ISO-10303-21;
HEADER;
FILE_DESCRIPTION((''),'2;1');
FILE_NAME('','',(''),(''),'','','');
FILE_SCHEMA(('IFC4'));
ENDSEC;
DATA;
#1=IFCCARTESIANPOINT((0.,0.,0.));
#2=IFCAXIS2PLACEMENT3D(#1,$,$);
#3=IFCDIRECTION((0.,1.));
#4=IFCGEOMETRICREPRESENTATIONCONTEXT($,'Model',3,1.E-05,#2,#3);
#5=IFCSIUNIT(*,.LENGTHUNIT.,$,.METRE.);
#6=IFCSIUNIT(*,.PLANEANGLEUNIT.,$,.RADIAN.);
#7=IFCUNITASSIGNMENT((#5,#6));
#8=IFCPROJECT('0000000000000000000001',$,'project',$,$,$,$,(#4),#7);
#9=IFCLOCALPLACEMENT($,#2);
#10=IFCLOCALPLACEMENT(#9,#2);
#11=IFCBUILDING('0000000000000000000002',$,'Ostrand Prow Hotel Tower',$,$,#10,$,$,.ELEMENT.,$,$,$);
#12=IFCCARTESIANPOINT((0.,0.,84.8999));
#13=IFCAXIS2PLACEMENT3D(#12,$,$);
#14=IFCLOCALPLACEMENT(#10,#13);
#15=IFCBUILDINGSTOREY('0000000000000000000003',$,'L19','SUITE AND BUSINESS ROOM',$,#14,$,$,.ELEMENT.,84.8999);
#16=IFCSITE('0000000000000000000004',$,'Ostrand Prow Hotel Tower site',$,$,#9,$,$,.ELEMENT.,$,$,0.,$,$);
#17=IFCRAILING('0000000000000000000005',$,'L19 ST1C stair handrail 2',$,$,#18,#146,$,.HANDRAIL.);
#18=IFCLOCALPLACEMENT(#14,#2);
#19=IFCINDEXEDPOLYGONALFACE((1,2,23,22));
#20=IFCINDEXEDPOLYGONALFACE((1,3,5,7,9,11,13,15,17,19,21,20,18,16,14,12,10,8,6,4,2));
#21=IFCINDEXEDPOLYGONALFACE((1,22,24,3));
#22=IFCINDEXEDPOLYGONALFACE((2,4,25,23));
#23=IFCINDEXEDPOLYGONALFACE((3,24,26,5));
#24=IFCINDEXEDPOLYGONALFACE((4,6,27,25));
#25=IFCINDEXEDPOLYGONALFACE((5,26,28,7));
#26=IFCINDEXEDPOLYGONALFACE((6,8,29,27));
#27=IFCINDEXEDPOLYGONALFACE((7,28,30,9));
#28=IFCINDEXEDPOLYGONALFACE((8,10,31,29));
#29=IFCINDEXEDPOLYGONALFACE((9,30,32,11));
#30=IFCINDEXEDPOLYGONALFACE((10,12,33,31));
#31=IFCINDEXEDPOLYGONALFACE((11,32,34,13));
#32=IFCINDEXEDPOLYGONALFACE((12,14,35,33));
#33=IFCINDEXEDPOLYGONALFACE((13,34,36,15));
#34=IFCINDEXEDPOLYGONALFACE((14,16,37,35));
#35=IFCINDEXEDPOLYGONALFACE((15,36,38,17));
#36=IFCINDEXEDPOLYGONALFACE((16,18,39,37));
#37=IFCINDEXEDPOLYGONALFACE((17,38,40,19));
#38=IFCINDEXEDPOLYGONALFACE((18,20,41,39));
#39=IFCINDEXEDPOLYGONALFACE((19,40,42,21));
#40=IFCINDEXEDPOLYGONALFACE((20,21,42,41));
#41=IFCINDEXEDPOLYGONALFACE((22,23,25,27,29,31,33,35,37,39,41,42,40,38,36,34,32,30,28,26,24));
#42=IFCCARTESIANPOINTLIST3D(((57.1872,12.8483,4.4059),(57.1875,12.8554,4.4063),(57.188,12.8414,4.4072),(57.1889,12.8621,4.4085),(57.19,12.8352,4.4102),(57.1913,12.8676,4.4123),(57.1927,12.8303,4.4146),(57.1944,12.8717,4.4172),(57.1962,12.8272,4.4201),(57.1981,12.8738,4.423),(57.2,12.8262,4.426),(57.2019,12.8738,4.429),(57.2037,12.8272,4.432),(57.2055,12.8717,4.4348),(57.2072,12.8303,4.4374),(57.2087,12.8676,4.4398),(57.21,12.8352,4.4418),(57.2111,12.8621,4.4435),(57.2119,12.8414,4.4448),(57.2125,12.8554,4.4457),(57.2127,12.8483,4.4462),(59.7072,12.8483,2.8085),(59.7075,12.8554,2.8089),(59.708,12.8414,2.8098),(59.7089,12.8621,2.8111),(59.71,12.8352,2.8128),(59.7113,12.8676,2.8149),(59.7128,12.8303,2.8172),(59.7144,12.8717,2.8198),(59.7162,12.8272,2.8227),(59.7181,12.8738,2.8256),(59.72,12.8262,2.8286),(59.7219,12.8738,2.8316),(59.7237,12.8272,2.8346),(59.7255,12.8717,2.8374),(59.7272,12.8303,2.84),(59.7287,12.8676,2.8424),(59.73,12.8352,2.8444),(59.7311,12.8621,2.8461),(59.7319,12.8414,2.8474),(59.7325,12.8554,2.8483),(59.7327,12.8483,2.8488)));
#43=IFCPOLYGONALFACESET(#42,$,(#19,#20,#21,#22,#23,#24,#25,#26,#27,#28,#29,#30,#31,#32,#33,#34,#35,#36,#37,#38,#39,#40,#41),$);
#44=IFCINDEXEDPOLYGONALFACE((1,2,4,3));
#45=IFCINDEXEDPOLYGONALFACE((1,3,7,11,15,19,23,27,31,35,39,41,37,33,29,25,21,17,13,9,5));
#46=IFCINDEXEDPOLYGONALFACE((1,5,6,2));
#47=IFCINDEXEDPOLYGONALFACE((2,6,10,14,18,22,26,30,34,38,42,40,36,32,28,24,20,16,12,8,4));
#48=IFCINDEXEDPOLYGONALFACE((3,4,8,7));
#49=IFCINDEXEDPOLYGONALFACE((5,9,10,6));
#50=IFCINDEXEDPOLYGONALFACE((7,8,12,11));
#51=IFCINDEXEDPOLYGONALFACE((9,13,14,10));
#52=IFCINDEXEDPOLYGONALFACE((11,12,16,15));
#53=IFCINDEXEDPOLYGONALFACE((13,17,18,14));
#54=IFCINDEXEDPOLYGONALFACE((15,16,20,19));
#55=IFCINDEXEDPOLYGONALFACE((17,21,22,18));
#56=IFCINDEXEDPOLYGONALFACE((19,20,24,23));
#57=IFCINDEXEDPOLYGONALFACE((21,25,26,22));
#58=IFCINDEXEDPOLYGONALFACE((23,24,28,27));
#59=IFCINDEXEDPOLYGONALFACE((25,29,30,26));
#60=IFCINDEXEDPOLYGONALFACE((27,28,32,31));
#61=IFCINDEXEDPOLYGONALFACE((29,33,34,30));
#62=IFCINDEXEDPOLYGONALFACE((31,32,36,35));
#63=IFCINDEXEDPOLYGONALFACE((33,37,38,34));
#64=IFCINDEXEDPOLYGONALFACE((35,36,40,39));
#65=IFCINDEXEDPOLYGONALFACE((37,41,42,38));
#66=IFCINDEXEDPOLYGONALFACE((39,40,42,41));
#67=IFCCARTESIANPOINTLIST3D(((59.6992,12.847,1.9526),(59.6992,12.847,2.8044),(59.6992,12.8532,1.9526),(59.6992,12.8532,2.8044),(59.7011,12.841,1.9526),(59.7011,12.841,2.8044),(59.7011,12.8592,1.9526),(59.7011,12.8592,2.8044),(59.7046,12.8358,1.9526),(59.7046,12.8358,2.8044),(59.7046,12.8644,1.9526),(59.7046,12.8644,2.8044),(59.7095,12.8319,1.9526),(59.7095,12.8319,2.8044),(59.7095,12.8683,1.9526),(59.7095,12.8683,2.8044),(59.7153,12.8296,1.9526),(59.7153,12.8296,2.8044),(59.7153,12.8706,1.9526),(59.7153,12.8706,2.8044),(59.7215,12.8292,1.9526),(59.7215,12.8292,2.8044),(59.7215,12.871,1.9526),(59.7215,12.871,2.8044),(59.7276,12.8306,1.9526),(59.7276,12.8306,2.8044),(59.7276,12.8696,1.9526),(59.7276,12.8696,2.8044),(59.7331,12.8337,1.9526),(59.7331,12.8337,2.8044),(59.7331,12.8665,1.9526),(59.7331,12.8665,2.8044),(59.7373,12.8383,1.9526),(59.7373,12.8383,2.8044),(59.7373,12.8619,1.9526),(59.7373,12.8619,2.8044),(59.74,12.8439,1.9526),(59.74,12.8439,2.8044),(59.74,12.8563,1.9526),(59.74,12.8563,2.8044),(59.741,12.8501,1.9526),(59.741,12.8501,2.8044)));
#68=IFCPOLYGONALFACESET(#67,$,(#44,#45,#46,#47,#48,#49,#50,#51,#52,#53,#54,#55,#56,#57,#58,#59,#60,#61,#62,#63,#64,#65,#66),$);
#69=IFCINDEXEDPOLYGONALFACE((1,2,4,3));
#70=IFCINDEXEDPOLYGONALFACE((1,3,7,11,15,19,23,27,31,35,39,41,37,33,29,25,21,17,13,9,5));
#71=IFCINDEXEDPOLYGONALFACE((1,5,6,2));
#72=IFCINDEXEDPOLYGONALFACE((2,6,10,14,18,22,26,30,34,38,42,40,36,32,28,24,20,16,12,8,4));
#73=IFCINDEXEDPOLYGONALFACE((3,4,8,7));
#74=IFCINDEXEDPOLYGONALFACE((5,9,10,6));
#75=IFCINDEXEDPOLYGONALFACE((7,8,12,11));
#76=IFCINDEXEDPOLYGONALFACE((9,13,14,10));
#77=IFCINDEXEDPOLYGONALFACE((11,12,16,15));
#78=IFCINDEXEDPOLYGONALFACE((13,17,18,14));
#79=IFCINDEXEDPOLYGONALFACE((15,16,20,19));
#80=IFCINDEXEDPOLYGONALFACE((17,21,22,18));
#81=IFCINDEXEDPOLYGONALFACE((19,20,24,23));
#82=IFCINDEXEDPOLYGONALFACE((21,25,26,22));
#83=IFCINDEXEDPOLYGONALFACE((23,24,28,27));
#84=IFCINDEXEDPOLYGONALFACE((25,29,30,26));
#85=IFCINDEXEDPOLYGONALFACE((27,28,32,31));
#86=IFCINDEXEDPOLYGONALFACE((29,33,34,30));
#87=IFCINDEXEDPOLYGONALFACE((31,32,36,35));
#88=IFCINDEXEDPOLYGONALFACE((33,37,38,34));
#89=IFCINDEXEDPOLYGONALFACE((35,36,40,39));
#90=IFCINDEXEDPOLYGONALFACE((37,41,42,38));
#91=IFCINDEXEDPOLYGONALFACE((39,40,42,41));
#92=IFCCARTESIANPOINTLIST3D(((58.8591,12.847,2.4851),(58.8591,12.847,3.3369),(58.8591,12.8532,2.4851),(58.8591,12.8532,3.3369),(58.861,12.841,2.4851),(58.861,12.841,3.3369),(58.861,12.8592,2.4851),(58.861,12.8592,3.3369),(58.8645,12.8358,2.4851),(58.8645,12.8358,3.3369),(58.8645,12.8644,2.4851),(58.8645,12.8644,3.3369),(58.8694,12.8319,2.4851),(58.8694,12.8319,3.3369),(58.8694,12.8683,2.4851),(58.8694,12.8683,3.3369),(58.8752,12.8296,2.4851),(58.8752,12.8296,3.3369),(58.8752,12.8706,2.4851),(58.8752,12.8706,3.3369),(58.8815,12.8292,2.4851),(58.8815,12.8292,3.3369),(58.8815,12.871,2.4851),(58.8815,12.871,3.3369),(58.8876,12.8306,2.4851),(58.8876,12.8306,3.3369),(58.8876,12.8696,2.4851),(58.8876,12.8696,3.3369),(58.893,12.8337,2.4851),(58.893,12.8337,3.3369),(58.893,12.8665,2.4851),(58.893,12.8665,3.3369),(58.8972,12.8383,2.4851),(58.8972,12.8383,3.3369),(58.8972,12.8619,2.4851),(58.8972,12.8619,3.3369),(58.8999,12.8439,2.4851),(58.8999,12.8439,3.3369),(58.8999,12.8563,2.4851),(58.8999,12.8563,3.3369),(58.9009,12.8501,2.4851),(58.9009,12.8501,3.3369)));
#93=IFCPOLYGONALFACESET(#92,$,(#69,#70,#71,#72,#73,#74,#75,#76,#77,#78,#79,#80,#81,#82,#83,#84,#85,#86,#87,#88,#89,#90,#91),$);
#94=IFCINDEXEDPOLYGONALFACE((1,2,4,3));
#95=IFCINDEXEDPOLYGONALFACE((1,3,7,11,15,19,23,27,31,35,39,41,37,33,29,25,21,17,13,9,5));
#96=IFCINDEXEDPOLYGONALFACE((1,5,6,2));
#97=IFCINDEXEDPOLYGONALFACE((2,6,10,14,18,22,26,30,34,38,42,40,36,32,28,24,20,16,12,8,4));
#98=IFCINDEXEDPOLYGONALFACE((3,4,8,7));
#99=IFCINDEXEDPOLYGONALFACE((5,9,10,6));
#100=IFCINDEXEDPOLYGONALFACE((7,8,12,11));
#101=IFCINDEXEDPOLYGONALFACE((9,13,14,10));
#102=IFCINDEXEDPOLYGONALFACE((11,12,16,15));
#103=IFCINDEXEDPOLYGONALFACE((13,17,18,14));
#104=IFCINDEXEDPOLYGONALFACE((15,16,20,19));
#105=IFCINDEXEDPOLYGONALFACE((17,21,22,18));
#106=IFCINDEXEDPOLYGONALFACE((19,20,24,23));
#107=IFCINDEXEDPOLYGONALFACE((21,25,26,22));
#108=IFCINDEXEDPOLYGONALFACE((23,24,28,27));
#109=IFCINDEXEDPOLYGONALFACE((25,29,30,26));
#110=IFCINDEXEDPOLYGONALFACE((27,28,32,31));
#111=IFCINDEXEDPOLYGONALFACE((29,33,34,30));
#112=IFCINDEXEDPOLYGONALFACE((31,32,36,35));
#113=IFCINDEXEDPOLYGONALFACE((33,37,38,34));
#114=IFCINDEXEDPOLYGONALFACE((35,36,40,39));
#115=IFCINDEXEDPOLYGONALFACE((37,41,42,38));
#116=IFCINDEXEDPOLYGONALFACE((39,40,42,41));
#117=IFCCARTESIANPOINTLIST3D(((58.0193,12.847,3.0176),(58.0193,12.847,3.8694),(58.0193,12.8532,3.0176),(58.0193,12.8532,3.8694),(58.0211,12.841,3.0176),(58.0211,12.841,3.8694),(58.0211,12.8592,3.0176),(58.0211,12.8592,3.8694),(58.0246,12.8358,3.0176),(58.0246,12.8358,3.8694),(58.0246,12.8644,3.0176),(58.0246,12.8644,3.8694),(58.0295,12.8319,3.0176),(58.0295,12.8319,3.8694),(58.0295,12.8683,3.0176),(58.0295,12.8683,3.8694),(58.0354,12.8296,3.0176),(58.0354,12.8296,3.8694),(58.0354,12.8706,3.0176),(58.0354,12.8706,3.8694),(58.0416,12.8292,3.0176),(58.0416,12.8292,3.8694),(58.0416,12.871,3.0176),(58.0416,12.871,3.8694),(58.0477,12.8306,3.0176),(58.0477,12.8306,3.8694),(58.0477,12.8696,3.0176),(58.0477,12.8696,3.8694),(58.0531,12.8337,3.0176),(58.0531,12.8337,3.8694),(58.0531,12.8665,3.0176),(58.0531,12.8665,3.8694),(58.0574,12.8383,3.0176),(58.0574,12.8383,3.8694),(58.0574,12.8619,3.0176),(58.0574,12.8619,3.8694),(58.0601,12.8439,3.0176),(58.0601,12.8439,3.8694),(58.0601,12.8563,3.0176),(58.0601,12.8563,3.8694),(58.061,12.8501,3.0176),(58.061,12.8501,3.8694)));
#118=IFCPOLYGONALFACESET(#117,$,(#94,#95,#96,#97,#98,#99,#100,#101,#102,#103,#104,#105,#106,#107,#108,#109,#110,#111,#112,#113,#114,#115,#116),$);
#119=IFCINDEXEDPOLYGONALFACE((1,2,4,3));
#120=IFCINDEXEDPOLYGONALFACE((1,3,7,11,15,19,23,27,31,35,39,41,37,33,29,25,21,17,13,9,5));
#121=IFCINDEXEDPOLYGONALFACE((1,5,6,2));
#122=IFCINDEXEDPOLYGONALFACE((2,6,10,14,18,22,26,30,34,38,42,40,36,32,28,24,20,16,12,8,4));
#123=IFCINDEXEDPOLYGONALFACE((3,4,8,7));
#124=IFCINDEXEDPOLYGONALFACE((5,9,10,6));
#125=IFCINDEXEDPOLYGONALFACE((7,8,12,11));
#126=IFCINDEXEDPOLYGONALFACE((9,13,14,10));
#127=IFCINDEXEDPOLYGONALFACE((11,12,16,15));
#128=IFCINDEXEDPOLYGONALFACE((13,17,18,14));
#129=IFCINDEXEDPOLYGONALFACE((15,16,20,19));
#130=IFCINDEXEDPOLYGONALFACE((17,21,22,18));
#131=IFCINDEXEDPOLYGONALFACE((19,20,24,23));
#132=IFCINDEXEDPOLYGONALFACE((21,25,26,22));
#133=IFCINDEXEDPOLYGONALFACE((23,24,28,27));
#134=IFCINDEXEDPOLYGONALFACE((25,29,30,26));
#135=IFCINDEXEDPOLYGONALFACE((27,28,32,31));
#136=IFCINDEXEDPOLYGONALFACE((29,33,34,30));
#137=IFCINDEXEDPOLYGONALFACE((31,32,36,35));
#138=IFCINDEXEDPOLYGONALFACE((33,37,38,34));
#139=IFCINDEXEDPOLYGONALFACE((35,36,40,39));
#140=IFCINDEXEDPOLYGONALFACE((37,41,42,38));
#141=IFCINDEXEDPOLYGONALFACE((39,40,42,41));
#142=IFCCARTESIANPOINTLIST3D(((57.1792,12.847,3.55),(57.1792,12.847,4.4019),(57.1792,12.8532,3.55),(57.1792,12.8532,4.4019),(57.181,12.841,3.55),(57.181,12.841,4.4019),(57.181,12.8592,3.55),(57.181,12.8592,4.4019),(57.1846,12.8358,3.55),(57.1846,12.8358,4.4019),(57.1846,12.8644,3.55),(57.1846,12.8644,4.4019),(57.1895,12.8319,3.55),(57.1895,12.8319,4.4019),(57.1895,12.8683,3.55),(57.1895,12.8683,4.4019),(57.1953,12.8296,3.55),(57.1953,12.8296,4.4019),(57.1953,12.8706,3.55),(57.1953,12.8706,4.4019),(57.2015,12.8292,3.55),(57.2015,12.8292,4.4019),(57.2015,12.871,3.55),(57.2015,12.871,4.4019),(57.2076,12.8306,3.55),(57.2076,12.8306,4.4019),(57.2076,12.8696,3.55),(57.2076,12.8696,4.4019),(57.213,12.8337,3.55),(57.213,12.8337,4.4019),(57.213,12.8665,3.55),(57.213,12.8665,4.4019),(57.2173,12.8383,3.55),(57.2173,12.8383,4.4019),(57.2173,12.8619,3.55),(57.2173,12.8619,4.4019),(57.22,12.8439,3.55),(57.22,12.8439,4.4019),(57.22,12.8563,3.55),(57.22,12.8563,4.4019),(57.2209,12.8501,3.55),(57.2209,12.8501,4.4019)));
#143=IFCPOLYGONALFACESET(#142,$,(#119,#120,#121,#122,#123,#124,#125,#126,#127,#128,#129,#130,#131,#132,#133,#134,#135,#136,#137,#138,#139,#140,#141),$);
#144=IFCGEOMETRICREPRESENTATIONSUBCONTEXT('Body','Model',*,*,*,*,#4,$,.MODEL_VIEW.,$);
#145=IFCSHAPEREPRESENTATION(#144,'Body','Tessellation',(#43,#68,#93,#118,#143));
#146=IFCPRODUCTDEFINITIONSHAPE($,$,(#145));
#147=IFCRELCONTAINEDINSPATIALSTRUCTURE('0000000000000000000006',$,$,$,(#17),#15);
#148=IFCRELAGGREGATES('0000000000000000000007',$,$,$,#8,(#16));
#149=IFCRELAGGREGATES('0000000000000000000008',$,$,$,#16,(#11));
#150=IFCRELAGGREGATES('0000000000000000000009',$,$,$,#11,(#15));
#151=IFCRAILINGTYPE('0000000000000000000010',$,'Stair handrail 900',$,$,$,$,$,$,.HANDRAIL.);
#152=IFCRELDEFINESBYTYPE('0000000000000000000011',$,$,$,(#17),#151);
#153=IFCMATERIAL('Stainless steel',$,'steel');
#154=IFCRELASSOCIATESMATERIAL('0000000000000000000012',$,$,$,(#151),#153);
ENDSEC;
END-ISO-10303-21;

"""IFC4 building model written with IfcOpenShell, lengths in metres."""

from ifc_helpers import new_model, si_unit, direction, frame, origin, origin_2d, place, context, subcontext, project, spatial, circle, extrude, material, type_object, element, save


model = new_model("IFC4")

# Units and contexts
model_context = context("Model", 3, precision=1e-05, world=origin(), true_north=direction((0.0, 1.0)))
body_context = subcontext(model_context, "Body", "Model", "MODEL_VIEW")
ifc_project = project(units=[si_unit("LENGTHUNIT", "METRE"), si_unit("PLANEANGLEUNIT", "RADIAN")], contexts=[model_context])

# Site, building, storey
site_placement = place(None, origin())
site = spatial("IfcSite", under=ifc_project, at=site_placement, Name="Ostrand Prow Hotel Tower site", CompositionType="ELEMENT", RefElevation=0.0)
building_placement = place(site_placement, origin())
building = spatial("IfcBuilding", under=site, at=building_placement, Name="Ostrand Prow Hotel Tower", CompositionType="ELEMENT")
storey_placement = place(building_placement, frame((0.0, 0.0, 84.8999)))
storey = spatial("IfcBuildingStorey", under=building, at=storey_placement, Name="L19", Description="SUITE AND BUSINESS ROOM", CompositionType="ELEMENT", Elevation=84.8999)

# Railing
ifc_material_1 = material(Name="Stainless steel", Category="steel")
railing_type_1 = type_object("IfcRailingType", Name="Stair handrail 900", PredefinedType="HANDRAIL", material=ifc_material_1)
railing_1_placement = place(storey_placement, frame((59.72, 12.8501, 1.9526)))
element("IfcRailing", 1, at=railing_1_placement, inside=storey, type_object=railing_type_1, Name="L19 ST1C stair handrail 2", PredefinedType="HANDRAIL", context=body_context, shape_type="SweptSolid", body=[
    extrude(circle(Radius=0.0239, at=origin_2d()), frame((0.0, 0.0, 0.876), z_axis=(-0.844607, 0.0, 0.535387), x_axis=(0.0, -1.0, 0.0)), (0.0, 0.0, 1.0), 2.9836),
    extrude(circle(Radius=0.021, at=origin_2d()), origin(), (0.0, 0.0, 1.0), 0.8518),
    extrude(circle(Radius=0.021, at=origin_2d()), frame((-0.8401, 0.0, 0.5325)), (0.0, 0.0, 1.0), 0.8518),
    extrude(circle(Radius=0.021, at=origin_2d()), frame((-1.6799, 0.0, 1.0649)), (0.0, 0.0, 1.0), 0.8518),
    extrude(circle(Radius=0.021, at=origin_2d()), frame((-2.52, 0.0, 1.5974)), (0.0, 0.0, 1.0), 0.8518),
])

save(model, "model.ifc")
